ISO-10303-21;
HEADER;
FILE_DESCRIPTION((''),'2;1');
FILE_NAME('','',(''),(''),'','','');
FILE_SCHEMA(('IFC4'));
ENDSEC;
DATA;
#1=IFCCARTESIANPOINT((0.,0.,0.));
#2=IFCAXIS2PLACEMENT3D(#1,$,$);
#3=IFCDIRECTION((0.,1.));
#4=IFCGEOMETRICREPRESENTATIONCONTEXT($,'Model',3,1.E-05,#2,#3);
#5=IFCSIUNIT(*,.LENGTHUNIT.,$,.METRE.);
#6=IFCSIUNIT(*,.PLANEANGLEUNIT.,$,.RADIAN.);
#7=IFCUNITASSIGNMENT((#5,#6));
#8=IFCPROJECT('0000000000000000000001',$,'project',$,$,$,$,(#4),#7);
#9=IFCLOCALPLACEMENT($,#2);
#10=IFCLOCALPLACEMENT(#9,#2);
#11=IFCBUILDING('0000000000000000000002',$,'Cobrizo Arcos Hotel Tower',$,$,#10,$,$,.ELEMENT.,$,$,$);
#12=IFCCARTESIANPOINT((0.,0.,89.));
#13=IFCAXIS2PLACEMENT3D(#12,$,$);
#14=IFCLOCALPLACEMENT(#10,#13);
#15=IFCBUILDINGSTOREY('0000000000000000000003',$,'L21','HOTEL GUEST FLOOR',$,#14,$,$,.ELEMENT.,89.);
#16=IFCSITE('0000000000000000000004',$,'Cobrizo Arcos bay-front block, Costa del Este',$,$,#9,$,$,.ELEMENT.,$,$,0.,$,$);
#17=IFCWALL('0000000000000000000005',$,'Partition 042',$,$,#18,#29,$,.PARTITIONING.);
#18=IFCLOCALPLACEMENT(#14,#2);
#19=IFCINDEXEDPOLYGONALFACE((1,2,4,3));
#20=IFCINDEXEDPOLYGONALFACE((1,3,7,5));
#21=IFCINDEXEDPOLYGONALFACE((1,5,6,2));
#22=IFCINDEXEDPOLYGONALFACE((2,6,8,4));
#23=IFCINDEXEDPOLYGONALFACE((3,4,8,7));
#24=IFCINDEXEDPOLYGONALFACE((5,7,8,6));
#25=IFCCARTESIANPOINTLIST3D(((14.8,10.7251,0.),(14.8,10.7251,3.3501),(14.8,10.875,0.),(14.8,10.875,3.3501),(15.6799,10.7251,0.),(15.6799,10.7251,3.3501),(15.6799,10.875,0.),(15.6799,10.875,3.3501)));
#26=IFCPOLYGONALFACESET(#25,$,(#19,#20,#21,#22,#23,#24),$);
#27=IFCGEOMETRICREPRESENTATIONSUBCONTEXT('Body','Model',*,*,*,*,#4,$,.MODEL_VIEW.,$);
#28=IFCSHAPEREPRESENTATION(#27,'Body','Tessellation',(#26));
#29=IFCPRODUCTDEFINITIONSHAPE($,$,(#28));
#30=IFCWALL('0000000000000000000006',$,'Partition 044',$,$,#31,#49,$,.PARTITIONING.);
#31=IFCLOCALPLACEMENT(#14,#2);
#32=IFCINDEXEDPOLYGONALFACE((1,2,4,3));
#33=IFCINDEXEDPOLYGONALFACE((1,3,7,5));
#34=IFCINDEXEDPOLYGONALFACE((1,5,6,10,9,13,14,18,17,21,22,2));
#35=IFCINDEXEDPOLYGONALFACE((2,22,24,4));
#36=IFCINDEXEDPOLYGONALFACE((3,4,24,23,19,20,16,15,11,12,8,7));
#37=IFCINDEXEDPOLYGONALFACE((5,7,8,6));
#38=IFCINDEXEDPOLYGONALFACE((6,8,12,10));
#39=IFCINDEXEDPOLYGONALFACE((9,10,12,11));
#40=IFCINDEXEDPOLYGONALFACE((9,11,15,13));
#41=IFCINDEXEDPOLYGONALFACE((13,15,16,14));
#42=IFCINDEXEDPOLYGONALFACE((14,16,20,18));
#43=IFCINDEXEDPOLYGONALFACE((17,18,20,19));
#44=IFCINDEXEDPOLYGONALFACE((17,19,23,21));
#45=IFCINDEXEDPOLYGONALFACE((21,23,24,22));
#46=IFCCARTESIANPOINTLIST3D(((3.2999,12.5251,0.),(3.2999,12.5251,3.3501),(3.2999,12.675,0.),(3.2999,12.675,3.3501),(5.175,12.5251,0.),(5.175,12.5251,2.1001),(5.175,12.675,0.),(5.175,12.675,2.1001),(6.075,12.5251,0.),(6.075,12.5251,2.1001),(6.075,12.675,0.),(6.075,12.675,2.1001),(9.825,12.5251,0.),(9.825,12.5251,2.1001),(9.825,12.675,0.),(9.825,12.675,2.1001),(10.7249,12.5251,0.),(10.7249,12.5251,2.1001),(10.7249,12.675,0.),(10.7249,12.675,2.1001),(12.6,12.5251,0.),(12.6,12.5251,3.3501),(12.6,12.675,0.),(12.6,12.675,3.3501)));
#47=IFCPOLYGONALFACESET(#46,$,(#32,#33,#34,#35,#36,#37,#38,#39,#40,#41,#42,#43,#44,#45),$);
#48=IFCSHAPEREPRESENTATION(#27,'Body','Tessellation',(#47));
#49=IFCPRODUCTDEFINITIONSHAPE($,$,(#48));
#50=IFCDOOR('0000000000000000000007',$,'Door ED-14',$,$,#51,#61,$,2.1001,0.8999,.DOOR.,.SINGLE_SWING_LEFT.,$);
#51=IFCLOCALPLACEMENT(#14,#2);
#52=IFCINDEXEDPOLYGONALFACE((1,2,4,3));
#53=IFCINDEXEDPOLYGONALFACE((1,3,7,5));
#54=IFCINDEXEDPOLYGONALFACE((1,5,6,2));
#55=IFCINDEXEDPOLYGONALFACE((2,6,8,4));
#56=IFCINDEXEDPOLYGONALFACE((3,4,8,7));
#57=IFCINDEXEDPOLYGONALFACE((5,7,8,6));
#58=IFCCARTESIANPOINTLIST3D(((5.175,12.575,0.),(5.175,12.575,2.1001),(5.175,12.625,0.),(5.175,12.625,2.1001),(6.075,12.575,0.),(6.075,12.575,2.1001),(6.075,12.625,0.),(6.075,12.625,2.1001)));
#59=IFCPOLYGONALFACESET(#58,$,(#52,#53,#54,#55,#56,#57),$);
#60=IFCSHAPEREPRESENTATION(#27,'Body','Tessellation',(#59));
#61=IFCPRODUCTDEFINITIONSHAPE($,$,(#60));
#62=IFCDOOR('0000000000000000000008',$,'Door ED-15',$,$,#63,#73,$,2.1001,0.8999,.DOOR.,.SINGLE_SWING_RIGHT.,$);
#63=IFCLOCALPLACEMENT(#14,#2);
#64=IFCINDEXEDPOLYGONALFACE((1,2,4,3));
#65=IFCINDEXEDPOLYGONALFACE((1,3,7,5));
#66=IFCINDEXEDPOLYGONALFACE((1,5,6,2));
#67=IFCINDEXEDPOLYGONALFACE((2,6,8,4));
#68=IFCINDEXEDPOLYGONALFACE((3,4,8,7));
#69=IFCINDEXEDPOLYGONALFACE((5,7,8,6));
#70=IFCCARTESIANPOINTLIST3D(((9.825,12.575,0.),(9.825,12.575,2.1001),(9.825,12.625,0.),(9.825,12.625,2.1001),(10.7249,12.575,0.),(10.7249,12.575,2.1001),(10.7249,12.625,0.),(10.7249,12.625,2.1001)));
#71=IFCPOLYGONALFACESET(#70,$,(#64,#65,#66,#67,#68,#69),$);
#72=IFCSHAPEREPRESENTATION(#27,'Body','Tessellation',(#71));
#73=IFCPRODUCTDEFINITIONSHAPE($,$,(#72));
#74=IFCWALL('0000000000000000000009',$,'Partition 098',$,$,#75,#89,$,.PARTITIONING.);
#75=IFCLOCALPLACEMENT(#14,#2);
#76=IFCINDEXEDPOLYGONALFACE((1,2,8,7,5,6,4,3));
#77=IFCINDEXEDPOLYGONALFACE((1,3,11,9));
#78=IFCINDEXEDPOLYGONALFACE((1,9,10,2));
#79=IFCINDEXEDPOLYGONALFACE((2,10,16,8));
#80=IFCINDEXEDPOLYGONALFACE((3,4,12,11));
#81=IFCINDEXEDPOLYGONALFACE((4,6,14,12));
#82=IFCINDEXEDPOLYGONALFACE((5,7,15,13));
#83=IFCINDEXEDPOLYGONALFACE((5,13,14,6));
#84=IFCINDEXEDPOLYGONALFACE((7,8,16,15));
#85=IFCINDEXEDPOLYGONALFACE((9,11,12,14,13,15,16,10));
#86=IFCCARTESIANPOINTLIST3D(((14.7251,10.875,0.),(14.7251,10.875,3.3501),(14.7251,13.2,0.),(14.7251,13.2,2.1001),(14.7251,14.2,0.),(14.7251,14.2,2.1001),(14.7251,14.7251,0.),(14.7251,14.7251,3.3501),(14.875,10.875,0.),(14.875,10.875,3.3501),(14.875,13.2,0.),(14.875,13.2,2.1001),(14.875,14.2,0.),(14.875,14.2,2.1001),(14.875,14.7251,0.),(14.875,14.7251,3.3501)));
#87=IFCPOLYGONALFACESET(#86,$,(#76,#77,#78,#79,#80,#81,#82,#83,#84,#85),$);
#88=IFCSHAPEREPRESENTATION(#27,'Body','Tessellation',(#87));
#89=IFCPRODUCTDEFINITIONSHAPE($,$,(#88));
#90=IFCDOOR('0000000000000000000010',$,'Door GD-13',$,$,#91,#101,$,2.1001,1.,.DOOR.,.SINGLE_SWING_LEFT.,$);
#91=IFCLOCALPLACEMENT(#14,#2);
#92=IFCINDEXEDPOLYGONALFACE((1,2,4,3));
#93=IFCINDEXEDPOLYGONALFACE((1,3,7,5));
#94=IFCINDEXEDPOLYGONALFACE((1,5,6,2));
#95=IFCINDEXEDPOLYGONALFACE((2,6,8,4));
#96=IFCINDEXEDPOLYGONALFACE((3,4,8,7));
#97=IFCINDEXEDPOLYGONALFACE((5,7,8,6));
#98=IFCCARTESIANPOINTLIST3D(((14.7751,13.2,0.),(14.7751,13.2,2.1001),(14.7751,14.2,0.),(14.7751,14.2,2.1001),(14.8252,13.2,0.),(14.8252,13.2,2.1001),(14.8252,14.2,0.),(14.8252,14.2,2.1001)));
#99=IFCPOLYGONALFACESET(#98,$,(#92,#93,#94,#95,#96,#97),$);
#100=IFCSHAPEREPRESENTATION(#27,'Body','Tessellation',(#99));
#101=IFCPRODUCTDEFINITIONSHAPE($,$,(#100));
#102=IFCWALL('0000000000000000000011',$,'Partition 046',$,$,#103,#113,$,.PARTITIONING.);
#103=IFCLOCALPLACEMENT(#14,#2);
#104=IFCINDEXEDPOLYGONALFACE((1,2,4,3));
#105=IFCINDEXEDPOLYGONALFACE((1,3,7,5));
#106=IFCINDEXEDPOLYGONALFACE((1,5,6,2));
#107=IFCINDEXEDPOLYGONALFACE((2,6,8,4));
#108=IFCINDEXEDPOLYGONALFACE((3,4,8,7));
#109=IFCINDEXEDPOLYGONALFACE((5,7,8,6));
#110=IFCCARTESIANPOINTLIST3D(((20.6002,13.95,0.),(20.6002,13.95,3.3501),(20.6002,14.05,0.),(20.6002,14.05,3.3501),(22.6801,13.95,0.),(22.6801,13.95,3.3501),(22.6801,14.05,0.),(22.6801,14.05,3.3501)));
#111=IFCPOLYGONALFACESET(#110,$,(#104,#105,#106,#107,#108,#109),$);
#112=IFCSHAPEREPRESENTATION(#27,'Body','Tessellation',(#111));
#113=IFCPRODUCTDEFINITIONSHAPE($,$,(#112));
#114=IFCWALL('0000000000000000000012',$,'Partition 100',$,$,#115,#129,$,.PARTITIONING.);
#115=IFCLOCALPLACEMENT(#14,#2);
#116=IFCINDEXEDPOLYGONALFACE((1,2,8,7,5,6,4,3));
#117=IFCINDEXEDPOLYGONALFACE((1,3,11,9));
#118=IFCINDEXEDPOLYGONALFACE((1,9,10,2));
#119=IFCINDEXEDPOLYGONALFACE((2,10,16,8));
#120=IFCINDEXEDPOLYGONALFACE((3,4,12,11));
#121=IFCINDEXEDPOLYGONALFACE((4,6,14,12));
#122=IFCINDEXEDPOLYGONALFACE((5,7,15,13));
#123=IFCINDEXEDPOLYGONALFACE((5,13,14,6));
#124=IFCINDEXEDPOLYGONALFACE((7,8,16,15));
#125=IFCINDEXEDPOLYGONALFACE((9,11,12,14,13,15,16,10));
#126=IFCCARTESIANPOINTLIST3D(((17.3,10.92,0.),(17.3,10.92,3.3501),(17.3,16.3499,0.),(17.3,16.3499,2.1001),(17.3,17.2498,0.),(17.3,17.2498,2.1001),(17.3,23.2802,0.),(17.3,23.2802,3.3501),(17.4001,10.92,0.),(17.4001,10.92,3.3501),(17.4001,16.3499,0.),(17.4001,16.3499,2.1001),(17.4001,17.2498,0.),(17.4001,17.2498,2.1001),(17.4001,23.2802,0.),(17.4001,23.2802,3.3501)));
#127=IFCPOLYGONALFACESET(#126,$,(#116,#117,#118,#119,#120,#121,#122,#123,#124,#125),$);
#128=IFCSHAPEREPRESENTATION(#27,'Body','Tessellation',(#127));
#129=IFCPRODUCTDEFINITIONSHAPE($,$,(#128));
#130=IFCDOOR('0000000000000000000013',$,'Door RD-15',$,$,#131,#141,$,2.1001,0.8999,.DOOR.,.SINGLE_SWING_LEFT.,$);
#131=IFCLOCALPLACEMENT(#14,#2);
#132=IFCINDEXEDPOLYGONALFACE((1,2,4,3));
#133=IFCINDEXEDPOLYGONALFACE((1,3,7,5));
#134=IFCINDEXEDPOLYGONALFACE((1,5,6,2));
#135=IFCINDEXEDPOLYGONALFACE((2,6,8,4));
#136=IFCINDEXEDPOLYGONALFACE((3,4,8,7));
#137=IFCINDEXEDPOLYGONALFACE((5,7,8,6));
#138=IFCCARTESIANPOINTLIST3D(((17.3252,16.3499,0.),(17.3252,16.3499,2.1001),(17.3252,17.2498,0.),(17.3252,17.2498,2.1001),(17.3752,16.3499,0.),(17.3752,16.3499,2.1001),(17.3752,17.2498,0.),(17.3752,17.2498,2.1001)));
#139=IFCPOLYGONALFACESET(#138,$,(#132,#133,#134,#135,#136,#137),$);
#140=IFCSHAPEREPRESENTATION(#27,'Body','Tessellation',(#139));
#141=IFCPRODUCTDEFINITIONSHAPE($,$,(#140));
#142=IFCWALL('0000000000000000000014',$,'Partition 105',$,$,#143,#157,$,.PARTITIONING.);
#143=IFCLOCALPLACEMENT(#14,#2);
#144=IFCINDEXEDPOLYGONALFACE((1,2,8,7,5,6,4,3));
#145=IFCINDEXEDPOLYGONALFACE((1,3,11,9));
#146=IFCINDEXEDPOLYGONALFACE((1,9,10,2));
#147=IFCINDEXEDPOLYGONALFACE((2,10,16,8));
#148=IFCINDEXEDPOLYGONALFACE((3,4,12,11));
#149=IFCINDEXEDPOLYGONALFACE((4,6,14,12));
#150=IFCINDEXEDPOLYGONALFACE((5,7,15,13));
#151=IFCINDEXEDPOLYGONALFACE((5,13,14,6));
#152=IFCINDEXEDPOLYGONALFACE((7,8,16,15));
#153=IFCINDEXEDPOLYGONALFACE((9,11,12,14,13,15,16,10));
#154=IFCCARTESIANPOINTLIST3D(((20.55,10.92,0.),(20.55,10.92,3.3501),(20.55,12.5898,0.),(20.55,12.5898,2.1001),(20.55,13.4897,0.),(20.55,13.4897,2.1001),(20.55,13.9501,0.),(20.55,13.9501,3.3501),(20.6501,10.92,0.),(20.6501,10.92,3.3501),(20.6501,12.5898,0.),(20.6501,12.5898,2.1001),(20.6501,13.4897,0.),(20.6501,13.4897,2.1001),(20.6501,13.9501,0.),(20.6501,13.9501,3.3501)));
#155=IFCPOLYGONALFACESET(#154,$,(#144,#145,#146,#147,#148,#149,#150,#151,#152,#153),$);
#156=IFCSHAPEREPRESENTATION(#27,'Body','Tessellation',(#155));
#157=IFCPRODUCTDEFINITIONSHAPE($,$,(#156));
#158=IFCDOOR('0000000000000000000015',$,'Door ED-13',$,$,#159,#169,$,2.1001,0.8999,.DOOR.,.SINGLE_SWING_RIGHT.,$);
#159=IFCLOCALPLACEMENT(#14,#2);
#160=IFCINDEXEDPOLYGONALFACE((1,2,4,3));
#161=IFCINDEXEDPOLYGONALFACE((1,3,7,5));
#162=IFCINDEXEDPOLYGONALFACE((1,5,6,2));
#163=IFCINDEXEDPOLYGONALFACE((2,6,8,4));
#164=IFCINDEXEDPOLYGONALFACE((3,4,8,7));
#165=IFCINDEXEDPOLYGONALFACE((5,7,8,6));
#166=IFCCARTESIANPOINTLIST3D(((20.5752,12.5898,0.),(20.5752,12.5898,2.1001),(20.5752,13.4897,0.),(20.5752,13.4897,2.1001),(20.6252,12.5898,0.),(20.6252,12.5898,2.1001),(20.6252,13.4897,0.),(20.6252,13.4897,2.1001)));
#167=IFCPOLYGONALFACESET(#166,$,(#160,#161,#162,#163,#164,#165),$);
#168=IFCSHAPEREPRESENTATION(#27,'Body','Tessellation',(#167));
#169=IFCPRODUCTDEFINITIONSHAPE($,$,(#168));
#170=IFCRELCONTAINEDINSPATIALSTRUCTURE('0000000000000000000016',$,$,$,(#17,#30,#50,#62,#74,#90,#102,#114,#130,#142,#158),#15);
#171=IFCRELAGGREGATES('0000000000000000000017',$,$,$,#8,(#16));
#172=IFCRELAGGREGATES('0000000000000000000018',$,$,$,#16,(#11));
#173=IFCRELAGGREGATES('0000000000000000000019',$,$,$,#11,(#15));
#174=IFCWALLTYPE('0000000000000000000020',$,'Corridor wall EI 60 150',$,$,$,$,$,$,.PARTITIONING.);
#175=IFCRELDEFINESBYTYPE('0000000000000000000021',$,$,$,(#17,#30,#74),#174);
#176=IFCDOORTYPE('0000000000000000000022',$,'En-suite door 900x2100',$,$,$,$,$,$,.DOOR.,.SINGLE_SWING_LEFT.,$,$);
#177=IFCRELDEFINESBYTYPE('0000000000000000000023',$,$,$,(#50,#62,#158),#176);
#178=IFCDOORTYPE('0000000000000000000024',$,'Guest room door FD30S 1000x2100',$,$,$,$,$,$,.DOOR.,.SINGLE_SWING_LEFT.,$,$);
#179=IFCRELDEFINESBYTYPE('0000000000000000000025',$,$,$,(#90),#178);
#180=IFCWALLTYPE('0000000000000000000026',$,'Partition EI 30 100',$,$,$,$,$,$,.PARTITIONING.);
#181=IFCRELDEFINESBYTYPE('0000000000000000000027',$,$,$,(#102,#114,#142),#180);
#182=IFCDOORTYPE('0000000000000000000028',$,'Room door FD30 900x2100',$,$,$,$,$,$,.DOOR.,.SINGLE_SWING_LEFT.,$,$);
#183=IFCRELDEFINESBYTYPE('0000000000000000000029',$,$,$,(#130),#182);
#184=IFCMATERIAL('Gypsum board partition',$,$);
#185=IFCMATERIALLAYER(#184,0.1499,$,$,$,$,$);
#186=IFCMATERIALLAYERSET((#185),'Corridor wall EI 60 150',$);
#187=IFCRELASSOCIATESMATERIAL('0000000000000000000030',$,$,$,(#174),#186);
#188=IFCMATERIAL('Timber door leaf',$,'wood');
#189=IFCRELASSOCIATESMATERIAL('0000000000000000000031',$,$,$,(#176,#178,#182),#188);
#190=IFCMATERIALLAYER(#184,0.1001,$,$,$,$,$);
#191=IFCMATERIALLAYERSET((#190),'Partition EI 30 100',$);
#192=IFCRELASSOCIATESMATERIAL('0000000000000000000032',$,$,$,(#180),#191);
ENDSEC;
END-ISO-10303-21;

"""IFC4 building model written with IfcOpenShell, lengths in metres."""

from ifc_helpers import new_model, si_unit, direction, frame, frame_2d, origin, place, context, subcontext, project, spatial, rectangle, extrude, material, layer, layer_set, type_object, element, fill, save


model = new_model("IFC4")

# Units and contexts
model_context = context("Model", 3, precision=1e-05, world=origin(), true_north=direction((0.0, 1.0)))
body_context = subcontext(model_context, "Body", "Model", "MODEL_VIEW")
ifc_project = project(units=[si_unit("LENGTHUNIT", "METRE"), si_unit("PLANEANGLEUNIT", "RADIAN")], contexts=[model_context])

# Site, building, storey
site_placement = place(None, origin())
site = spatial("IfcSite", under=ifc_project, at=site_placement, Name="Cobrizo Arcos bay-front block, Costa del Este", CompositionType="ELEMENT", RefElevation=0.0)
building_placement = place(site_placement, origin())
building = spatial("IfcBuilding", under=site, at=building_placement, Name="Cobrizo Arcos Hotel Tower", CompositionType="ELEMENT")
storey_placement = place(building_placement, frame((0.0, 0.0, 89.0)))
storey = spatial("IfcBuildingStorey", under=building, at=storey_placement, Name="L21", Description="HOTEL GUEST FLOOR", CompositionType="ELEMENT", Elevation=89.0)

# Wall
ifc_material_1 = material(Name="Gypsum board partition")
ifc_layer_1 = layer(ifc_material_1, 0.1499)
ifc_layer_set_1 = layer_set([ifc_layer_1], Name="Corridor wall EI 60 150")
wall_type_1 = type_object("IfcWallType", Name="Corridor wall EI 60 150", PredefinedType="PARTITIONING", material=ifc_layer_set_1)
wall_1_placement = place(storey_placement, frame((14.8, 10.8, 0.0), z_axis=(0.0, 0.0, 1.0), x_axis=(1.0, 0.0, 0.0)))
element("IfcWall", 1, at=wall_1_placement, inside=storey, type_object=wall_type_1, Name="Partition 042", PredefinedType="PARTITIONING", context=body_context, shape_type="SweptSolid", body=[
    extrude(rectangle(XDim=0.8799, YDim=0.1499, at=frame_2d((0.4399, 0.0))), origin(), (0.0, 0.0, 1.0), 3.3501),
])

# Wall, openings, doors
wall_2_placement = place(storey_placement, frame((3.3, 12.6001, 0.0), z_axis=(0.0, 0.0, 1.0), x_axis=(1.0, 0.0, 0.0)))
wall_2 = element("IfcWall", 2, at=wall_2_placement, inside=storey, type_object=wall_type_1, Name="Partition 044", PredefinedType="PARTITIONING", context=body_context, shape_type="SweptSolid", body=[
    extrude(rectangle(XDim=9.3, YDim=0.1499, at=frame_2d((4.6499, 0.0))), origin(), (0.0, 0.0, 1.0), 3.3501),
])
opening_1_placement = place(wall_2_placement, frame((1.875, 0.0, 0.0)))
opening_1 = element("IfcOpeningElement", 3, at=opening_1_placement, cuts=wall_2, PredefinedType="OPENING", context=body_context, shape_type="SweptSolid", body=[
    extrude(rectangle(XDim=0.8999, YDim=2.1001, at=frame_2d((0.45, 1.05))), frame((0.0, 0.0869, 0.0), z_axis=(0.0, -1.0, 0.0), x_axis=(1.0, 0.0, 0.0)), (0.0, 0.0, 1.0), 0.1738),
])
opening_2_placement = place(wall_2_placement, frame((6.5249, 0.0, 0.0)))
opening_2 = element("IfcOpeningElement", 4, at=opening_2_placement, cuts=wall_2, PredefinedType="OPENING", context=body_context, shape_type="SweptSolid", body=[
    extrude(rectangle(XDim=0.8999, YDim=2.1001, at=frame_2d((0.45, 1.05))), frame((0.0, 0.0869, 0.0), z_axis=(0.0, -1.0, 0.0), x_axis=(1.0, 0.0, 0.0)), (0.0, 0.0, 1.0), 0.1738),
])
ifc_material_2 = material(Name="Timber door leaf", Category="wood")
door_type_1 = type_object("IfcDoorType", Name="En-suite door 900x2100", OperationType="SINGLE_SWING_LEFT", PredefinedType="DOOR", material=ifc_material_2)
door_1_placement = place(opening_1_placement, origin())
door_1 = element("IfcDoor", 5, at=door_1_placement, inside=storey, type_object=door_type_1, Name="Door ED-14", OperationType="SINGLE_SWING_LEFT", OverallHeight=2.1001, OverallWidth=0.8999, PredefinedType="DOOR", context=body_context, shape_type="SweptSolid", body=[
    extrude(rectangle(XDim=0.8999, YDim=2.1001, at=frame_2d((0.45, 1.05))), frame((0.0, 0.0249, 0.0), z_axis=(0.0, -1.0, 0.0), x_axis=(1.0, 0.0, 0.0)), (0.0, 0.0, 1.0), 0.05),
])
fill(opening_1, door_1)
door_2_placement = place(opening_2_placement, origin())
door_2 = element("IfcDoor", 6, at=door_2_placement, inside=storey, type_object=door_type_1, Name="Door ED-15", OperationType="SINGLE_SWING_RIGHT", OverallHeight=2.1001, OverallWidth=0.8999, PredefinedType="DOOR", context=body_context, shape_type="SweptSolid", body=[
    extrude(rectangle(XDim=0.8999, YDim=2.1001, at=frame_2d((0.45, 1.05))), frame((0.0, 0.0249, 0.0), z_axis=(0.0, -1.0, 0.0), x_axis=(1.0, 0.0, 0.0)), (0.0, 0.0, 1.0), 0.05),
])
fill(opening_2, door_2)

# Wall, opening, door
wall_3_placement = place(storey_placement, frame((14.8, 10.875, 0.0), z_axis=(0.0, 0.0, 1.0), x_axis=(0.0, 1.0, 0.0)))
wall_3 = element("IfcWall", 7, at=wall_3_placement, inside=storey, type_object=wall_type_1, Name="Partition 098", PredefinedType="PARTITIONING", context=body_context, shape_type="SweptSolid", body=[
    extrude(rectangle(XDim=3.8501, YDim=0.1499, at=frame_2d((1.925, 0.0))), origin(), (0.0, 0.0, 1.0), 3.3501),
])
opening_3_placement = place(wall_3_placement, frame((2.325, 0.0, 0.0)))
opening_3 = element("IfcOpeningElement", 8, at=opening_3_placement, cuts=wall_3, PredefinedType="OPENING", context=body_context, shape_type="SweptSolid", body=[
    extrude(rectangle(XDim=1.0, YDim=2.1001, at=frame_2d((0.5, 1.05))), frame((0.0, 0.0869, 0.0), z_axis=(0.0, -1.0, 0.0), x_axis=(1.0, 0.0, 0.0)), (0.0, 0.0, 1.0), 0.1738),
])
door_type_2 = type_object("IfcDoorType", Name="Guest room door FD30S 1000x2100", OperationType="SINGLE_SWING_LEFT", PredefinedType="DOOR", material=ifc_material_2)
door_3_placement = place(opening_3_placement, origin())
door_3 = element("IfcDoor", 9, at=door_3_placement, inside=storey, type_object=door_type_2, Name="Door GD-13", OperationType="SINGLE_SWING_LEFT", OverallHeight=2.1001, OverallWidth=1.0, PredefinedType="DOOR", context=body_context, shape_type="SweptSolid", body=[
    extrude(rectangle(XDim=1.0, YDim=2.1001, at=frame_2d((0.5, 1.05))), frame((0.0, 0.0249, 0.0), z_axis=(0.0, -1.0, 0.0), x_axis=(1.0, 0.0, 0.0)), (0.0, 0.0, 1.0), 0.05),
])
fill(opening_3, door_3)

# Wall
ifc_layer_2 = layer(ifc_material_1, 0.1001)
ifc_layer_set_2 = layer_set([ifc_layer_2], Name="Partition EI 30 100")
wall_type_2 = type_object("IfcWallType", Name="Partition EI 30 100", PredefinedType="PARTITIONING", material=ifc_layer_set_2)
wall_4_placement = place(storey_placement, frame((20.6001, 14.0, 0.0), z_axis=(0.0, 0.0, 1.0), x_axis=(1.0, 0.0, 0.0)))
element("IfcWall", 10, at=wall_4_placement, inside=storey, type_object=wall_type_2, Name="Partition 046", PredefinedType="PARTITIONING", context=body_context, shape_type="SweptSolid", body=[
    extrude(rectangle(XDim=2.0798, YDim=0.1001, at=frame_2d((1.04, 0.0))), origin(), (0.0, 0.0, 1.0), 3.3501),
])

# Walls, openings, doors
wall_5_placement = place(storey_placement, frame((17.3501, 10.9199, 0.0), z_axis=(0.0, 0.0, 1.0), x_axis=(0.0, 1.0, 0.0)))
wall_5 = element("IfcWall", 11, at=wall_5_placement, inside=storey, type_object=wall_type_2, Name="Partition 100", PredefinedType="PARTITIONING", context=body_context, shape_type="SweptSolid", body=[
    extrude(rectangle(XDim=12.3601, YDim=0.1001, at=frame_2d((6.1802, 0.0))), origin(), (0.0, 0.0, 1.0), 3.3501),
])
opening_4_placement = place(wall_5_placement, frame((5.4299, 0.0, 0.0)))
opening_4 = element("IfcOpeningElement", 12, at=opening_4_placement, cuts=wall_5, PredefinedType="OPENING", context=body_context, shape_type="SweptSolid", body=[
    extrude(rectangle(XDim=0.8999, YDim=2.1001, at=frame_2d((0.45, 1.05))), frame((0.0, 0.062, 0.0), z_axis=(0.0, -1.0, 0.0), x_axis=(1.0, 0.0, 0.0)), (0.0, 0.0, 1.0), 0.124),
])
door_type_3 = type_object("IfcDoorType", Name="Room door FD30 900x2100", OperationType="SINGLE_SWING_LEFT", PredefinedType="DOOR", material=ifc_material_2)
door_4_placement = place(opening_4_placement, origin())
door_4 = element("IfcDoor", 13, at=door_4_placement, inside=storey, type_object=door_type_3, Name="Door RD-15", OperationType="SINGLE_SWING_LEFT", OverallHeight=2.1001, OverallWidth=0.8999, PredefinedType="DOOR", context=body_context, shape_type="SweptSolid", body=[
    extrude(rectangle(XDim=0.8999, YDim=2.1001, at=frame_2d((0.45, 1.05))), frame((0.0, 0.0249, 0.0), z_axis=(0.0, -1.0, 0.0), x_axis=(1.0, 0.0, 0.0)), (0.0, 0.0, 1.0), 0.05),
])
fill(opening_4, door_4)
wall_6_placement = place(storey_placement, frame((20.6001, 10.9199, 0.0), z_axis=(0.0, 0.0, 1.0), x_axis=(0.0, 1.0, 0.0)))
wall_6 = element("IfcWall", 14, at=wall_6_placement, inside=storey, type_object=wall_type_2, Name="Partition 105", PredefinedType="PARTITIONING", context=body_context, shape_type="SweptSolid", body=[
    extrude(rectangle(XDim=3.03, YDim=0.1001, at=frame_2d((1.5151, 0.0))), origin(), (0.0, 0.0, 1.0), 3.3501),
])
opening_5_placement = place(wall_6_placement, frame((1.6699, 0.0, 0.0)))
opening_5 = element("IfcOpeningElement", 15, at=opening_5_placement, cuts=wall_6, PredefinedType="OPENING", context=body_context, shape_type="SweptSolid", body=[
    extrude(rectangle(XDim=0.8999, YDim=2.1001, at=frame_2d((0.45, 1.05))), frame((0.0, 0.062, 0.0), z_axis=(0.0, -1.0, 0.0), x_axis=(1.0, 0.0, 0.0)), (0.0, 0.0, 1.0), 0.124),
])
door_5_placement = place(opening_5_placement, origin())
door_5 = element("IfcDoor", 16, at=door_5_placement, inside=storey, type_object=door_type_1, Name="Door ED-13", OperationType="SINGLE_SWING_RIGHT", OverallHeight=2.1001, OverallWidth=0.8999, PredefinedType="DOOR", context=body_context, shape_type="SweptSolid", body=[
    extrude(rectangle(XDim=0.8999, YDim=2.1001, at=frame_2d((0.45, 1.05))), frame((0.0, 0.0249, 0.0), z_axis=(0.0, -1.0, 0.0), x_axis=(1.0, 0.0, 0.0)), (0.0, 0.0, 1.0), 0.05),
])
fill(opening_5, door_5)

save(model, "model.ifc")
